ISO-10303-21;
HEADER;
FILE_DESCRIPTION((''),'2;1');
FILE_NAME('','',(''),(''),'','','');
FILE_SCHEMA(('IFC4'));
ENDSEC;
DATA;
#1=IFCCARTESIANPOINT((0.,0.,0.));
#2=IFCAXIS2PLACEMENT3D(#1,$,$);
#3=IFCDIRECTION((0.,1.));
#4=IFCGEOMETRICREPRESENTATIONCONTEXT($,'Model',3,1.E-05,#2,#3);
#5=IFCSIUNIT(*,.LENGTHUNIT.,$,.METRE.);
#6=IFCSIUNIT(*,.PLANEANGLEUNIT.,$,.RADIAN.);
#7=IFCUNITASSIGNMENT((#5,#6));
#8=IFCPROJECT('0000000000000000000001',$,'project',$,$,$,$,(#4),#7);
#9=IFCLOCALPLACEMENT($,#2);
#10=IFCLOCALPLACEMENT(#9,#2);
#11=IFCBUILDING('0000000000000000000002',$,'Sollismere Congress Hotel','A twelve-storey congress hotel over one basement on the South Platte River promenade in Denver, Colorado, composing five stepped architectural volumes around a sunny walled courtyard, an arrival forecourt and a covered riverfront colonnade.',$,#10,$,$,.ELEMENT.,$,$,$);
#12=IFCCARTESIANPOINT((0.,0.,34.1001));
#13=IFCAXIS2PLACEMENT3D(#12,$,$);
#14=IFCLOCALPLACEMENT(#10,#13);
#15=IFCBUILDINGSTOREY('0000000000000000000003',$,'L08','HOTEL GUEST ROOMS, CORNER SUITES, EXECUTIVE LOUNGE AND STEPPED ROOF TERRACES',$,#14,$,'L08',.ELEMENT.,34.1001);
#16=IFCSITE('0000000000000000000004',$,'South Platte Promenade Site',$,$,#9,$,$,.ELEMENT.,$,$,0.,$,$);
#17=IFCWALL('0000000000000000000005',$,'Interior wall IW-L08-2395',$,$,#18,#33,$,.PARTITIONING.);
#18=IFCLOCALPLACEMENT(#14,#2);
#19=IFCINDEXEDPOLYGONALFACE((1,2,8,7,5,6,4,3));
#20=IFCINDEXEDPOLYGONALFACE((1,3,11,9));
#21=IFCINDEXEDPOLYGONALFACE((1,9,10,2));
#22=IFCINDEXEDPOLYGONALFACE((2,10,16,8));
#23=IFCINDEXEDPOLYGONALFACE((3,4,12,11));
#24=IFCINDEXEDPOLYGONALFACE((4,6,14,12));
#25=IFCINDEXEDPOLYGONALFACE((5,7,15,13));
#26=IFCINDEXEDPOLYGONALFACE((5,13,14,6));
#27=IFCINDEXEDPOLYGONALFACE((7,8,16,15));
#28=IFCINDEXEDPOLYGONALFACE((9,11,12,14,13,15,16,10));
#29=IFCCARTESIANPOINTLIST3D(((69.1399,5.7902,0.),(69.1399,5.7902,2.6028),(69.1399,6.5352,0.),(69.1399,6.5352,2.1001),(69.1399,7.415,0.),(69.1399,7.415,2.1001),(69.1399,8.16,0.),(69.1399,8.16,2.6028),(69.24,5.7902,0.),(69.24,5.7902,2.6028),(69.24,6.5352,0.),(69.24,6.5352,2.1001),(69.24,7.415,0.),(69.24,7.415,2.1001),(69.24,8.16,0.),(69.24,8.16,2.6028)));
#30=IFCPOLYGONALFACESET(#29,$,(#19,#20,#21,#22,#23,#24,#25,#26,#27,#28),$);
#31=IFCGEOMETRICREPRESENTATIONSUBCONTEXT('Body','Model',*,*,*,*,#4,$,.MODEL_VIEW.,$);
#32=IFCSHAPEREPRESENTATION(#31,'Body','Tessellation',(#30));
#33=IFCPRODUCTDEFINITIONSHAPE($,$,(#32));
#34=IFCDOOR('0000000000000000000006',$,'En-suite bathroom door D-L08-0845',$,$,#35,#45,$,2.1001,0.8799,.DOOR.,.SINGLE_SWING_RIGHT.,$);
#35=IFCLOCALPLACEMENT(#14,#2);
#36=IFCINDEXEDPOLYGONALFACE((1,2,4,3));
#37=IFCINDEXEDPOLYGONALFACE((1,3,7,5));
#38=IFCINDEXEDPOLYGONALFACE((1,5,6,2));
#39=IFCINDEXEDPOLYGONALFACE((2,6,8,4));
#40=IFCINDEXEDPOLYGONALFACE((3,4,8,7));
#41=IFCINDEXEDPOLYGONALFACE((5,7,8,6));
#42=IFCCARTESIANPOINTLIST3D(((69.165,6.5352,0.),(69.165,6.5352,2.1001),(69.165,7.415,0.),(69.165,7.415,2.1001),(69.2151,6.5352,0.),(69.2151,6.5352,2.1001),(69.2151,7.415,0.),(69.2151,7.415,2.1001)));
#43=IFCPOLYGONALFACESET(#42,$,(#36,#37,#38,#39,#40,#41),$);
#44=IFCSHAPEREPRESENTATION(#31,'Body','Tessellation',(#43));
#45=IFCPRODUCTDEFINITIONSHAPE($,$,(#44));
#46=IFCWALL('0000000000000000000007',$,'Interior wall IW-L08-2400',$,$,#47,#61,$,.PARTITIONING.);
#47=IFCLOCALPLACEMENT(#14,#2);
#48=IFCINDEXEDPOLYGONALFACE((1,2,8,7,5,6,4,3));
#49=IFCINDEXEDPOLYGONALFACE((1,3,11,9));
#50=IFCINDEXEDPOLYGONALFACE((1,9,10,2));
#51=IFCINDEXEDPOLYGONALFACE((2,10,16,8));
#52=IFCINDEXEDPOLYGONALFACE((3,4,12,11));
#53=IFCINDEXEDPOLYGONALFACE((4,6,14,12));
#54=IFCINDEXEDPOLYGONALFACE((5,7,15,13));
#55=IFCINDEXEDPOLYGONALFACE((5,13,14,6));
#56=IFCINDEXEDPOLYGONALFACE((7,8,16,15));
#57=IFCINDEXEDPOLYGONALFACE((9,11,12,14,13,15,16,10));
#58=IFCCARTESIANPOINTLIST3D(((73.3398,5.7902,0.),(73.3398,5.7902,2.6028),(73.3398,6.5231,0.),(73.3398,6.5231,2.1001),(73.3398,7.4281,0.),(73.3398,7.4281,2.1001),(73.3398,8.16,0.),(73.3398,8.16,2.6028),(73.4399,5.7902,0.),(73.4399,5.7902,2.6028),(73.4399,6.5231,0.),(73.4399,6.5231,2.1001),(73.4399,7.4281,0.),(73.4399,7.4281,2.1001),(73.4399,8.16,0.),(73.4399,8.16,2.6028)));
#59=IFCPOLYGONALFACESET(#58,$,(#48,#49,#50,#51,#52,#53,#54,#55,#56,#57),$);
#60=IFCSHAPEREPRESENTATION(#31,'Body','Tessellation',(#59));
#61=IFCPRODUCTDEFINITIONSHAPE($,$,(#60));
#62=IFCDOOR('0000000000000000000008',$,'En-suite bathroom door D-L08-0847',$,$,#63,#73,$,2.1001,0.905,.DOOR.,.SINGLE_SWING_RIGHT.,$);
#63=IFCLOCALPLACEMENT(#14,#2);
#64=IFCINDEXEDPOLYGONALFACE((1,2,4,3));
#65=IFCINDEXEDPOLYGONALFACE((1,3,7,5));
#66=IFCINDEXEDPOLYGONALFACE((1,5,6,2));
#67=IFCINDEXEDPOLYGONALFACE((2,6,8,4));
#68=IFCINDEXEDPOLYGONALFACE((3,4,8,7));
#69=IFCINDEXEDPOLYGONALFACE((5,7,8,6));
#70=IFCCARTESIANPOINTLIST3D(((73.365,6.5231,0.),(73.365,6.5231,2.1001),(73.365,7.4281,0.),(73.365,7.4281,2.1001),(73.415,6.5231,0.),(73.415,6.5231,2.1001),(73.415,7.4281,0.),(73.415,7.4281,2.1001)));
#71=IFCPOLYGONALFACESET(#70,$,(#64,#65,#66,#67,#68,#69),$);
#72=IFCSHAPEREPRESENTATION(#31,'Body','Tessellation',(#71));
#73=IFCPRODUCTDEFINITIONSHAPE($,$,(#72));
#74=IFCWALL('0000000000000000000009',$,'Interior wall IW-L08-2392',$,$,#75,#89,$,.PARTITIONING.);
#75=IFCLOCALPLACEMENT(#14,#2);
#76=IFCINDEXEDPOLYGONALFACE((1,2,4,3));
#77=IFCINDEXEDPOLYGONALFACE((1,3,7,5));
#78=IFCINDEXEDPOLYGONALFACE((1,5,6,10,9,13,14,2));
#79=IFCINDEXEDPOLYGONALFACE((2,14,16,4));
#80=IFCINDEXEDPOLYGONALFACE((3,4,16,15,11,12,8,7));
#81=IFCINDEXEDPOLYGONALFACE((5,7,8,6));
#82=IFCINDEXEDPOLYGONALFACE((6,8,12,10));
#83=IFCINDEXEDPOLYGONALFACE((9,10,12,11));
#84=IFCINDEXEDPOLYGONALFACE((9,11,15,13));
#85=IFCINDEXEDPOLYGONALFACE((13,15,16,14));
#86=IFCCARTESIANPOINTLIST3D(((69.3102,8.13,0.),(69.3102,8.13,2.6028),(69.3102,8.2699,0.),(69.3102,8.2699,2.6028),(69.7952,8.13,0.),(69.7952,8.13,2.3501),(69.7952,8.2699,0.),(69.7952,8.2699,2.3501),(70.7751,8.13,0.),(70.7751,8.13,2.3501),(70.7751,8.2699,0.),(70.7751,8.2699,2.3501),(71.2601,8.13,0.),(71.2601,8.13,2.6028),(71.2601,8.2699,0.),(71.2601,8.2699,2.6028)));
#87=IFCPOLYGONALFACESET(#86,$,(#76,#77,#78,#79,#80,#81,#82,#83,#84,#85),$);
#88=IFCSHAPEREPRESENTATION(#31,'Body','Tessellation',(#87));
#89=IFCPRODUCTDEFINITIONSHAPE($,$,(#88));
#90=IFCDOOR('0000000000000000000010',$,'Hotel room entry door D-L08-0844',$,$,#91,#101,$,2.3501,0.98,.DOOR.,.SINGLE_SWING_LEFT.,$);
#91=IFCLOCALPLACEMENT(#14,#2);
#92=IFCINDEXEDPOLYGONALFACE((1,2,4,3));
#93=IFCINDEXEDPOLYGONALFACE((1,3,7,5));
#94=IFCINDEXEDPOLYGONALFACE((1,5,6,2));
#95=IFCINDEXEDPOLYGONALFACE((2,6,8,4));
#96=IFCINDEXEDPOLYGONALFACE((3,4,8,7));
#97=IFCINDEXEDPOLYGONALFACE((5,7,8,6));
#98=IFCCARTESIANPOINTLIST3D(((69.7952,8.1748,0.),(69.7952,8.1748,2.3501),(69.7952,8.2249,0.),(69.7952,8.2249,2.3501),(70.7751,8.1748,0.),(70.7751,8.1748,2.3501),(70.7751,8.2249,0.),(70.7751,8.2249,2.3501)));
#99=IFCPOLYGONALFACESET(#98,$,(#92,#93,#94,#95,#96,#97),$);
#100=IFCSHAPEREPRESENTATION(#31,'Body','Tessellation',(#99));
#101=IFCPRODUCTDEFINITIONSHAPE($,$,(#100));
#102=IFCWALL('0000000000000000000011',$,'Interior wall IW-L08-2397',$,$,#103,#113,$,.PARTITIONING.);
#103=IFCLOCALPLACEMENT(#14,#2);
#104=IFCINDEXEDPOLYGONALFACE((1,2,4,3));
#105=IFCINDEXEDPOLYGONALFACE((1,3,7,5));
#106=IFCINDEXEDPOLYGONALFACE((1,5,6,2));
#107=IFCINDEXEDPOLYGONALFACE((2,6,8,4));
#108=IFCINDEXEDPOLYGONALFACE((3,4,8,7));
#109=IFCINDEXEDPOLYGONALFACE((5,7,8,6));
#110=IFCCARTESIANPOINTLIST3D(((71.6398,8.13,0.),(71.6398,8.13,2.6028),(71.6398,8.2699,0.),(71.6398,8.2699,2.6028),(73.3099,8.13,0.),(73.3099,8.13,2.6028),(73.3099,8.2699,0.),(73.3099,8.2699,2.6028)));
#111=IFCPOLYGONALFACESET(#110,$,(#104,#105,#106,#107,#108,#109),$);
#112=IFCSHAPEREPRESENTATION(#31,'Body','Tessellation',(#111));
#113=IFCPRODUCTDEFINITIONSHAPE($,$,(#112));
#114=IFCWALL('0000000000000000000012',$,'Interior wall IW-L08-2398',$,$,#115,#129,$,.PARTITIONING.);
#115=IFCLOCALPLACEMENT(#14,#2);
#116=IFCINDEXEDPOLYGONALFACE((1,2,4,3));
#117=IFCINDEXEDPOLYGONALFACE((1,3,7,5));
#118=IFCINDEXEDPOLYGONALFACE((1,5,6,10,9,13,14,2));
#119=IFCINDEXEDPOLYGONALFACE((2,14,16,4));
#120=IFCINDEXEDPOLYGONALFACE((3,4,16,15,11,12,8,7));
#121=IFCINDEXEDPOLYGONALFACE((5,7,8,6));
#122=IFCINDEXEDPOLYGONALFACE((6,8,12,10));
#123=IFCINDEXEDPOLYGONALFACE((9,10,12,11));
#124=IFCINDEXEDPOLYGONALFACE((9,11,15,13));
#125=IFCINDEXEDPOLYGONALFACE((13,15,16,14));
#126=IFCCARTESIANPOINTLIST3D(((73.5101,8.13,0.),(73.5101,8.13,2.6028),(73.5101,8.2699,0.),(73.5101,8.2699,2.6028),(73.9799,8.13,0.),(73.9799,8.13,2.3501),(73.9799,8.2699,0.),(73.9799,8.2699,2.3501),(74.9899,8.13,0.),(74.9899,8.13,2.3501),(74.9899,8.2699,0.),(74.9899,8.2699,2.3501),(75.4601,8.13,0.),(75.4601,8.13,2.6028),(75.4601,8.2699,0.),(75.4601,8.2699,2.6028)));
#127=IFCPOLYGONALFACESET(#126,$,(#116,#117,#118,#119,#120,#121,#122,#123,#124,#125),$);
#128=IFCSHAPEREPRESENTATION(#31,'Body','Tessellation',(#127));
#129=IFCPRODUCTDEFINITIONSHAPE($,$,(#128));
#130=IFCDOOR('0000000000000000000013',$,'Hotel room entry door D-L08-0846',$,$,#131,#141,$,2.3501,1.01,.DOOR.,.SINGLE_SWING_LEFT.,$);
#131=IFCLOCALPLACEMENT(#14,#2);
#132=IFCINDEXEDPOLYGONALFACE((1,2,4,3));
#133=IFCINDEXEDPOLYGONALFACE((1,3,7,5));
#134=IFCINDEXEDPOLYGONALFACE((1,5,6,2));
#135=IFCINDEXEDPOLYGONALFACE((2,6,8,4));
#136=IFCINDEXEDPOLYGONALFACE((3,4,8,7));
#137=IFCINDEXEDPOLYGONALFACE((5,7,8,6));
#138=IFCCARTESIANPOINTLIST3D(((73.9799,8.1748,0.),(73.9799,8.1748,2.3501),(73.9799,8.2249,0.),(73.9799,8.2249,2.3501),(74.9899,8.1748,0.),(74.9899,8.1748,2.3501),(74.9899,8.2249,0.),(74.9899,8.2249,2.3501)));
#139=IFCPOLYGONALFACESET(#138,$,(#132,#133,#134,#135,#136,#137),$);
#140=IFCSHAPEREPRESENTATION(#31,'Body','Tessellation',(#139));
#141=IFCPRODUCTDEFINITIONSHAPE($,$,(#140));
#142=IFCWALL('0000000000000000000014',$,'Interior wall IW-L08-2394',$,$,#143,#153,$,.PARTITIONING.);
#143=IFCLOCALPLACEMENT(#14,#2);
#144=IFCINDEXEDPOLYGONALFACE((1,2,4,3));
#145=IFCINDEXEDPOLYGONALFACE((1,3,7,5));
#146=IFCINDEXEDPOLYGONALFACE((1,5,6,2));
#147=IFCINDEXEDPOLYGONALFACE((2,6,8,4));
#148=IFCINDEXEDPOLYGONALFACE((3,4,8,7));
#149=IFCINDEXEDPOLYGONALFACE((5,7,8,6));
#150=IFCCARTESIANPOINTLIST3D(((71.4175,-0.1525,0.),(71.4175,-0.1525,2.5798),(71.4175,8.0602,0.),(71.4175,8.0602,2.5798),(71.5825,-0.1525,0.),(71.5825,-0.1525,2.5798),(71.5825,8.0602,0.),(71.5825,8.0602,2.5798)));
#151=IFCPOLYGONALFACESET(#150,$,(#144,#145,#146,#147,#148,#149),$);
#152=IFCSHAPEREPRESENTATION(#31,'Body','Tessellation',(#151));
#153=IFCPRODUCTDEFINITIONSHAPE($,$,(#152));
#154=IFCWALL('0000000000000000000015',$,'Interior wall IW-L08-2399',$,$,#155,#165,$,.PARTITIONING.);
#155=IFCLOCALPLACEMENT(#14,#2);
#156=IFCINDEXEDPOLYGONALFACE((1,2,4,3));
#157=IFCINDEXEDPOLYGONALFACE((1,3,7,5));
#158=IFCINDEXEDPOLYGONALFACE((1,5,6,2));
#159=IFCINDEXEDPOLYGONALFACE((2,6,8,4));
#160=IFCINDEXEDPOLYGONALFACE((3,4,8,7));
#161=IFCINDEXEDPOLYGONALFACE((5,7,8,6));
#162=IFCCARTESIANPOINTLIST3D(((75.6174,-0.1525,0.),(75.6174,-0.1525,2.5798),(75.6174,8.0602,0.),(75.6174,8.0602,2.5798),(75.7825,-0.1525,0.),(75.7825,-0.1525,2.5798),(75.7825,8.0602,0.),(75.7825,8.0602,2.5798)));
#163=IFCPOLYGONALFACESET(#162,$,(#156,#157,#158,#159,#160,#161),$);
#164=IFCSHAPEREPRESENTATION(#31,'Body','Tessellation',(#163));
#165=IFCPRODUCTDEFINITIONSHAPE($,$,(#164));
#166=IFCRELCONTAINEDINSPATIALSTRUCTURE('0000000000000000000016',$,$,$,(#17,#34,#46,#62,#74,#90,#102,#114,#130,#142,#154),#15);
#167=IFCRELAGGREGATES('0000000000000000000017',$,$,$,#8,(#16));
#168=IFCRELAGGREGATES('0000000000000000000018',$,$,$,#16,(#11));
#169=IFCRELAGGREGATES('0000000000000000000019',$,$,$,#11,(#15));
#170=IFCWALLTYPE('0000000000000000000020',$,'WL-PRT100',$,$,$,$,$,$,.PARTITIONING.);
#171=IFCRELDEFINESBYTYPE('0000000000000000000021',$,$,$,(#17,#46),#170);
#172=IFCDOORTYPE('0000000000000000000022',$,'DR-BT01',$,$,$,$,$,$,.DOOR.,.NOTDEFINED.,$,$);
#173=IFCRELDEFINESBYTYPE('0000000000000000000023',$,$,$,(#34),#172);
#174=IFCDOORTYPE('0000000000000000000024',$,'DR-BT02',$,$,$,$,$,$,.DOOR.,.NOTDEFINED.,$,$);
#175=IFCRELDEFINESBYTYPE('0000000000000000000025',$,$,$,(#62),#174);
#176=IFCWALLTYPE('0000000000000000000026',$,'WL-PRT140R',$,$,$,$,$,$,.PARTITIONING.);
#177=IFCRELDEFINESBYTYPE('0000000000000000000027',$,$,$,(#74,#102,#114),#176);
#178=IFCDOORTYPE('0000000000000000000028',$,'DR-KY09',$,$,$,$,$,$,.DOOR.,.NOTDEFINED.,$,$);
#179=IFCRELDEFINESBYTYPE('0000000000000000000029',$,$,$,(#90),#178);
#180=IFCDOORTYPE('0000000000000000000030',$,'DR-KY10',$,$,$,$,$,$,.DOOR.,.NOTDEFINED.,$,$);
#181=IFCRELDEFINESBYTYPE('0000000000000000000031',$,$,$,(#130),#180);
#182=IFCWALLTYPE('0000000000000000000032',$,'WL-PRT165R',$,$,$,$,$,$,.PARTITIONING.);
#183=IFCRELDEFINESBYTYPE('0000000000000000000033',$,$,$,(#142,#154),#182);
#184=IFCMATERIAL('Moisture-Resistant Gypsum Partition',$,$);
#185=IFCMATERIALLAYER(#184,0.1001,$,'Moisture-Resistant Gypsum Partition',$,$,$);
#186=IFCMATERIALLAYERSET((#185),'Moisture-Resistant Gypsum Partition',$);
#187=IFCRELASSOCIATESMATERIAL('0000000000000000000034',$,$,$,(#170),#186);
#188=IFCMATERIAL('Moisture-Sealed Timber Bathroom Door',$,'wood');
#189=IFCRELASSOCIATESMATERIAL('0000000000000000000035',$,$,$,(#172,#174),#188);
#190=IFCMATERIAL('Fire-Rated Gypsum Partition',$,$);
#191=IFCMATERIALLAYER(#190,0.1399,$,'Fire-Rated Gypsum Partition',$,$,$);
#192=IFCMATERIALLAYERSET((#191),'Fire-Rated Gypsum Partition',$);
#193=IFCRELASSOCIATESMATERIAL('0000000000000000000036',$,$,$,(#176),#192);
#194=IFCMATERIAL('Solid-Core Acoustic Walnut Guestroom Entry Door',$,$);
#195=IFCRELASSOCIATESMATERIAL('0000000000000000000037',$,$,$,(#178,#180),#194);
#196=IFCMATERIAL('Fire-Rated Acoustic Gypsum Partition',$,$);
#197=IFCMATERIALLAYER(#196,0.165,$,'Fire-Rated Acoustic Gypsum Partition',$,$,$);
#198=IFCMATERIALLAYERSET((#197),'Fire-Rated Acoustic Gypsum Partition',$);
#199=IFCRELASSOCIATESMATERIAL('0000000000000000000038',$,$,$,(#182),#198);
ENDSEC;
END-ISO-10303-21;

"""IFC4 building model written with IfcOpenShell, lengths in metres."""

from ifc_helpers import new_model, si_unit, direction, frame, frame_2d, origin, place, context, subcontext, project, spatial, rectangle, extrude, material, layer, layer_set, type_object, element, fill, save


model = new_model("IFC4")

# Units and contexts
model_context = context("Model", 3, precision=1e-05, world=origin(), true_north=direction((0.0, 1.0)))
body_context = subcontext(model_context, "Body", "Model", "MODEL_VIEW")
ifc_project = project(units=[si_unit("LENGTHUNIT", "METRE"), si_unit("PLANEANGLEUNIT", "RADIAN")], contexts=[model_context])

# Site, building, storey
site_placement = place(None, origin())
site = spatial("IfcSite", under=ifc_project, at=site_placement, Name="South Platte Promenade Site", CompositionType="ELEMENT", RefElevation=0.0)
building_placement = place(site_placement, origin())
building = spatial("IfcBuilding", under=site, at=building_placement, Name="Sollismere Congress Hotel", Description="A twelve-storey congress hotel over one basement on the South Platte River promenade in Denver, Colorado, composing five stepped architectural volumes around a sunny walled courtyard, an arrival forecourt and a covered riverfront colonnade.", CompositionType="ELEMENT")
storey_placement = place(building_placement, frame((0.0, 0.0, 34.1001)))
storey = spatial("IfcBuildingStorey", under=building, at=storey_placement, Name="L08", Description="HOTEL GUEST ROOMS, CORNER SUITES, EXECUTIVE LOUNGE AND STEPPED ROOF TERRACES", LongName="L08", CompositionType="ELEMENT", Elevation=34.1001)

# Walls, openings, doors
ifc_material_1 = material(Name="Moisture-Resistant Gypsum Partition")
ifc_layer_1 = layer(ifc_material_1, 0.1001, Name="Moisture-Resistant Gypsum Partition")
ifc_layer_set_1 = layer_set([ifc_layer_1], Name="Moisture-Resistant Gypsum Partition")
wall_type_1 = type_object("IfcWallType", Name="WL-PRT100", PredefinedType="PARTITIONING", material=ifc_layer_set_1)
wall_1_placement = place(storey_placement, frame((69.1899, 5.79, 0.0), z_axis=(0.0, 0.0, 1.0), x_axis=(0.0, 1.0, 0.0)))
wall_1 = element("IfcWall", 1, at=wall_1_placement, inside=storey, type_object=wall_type_1, Name="Interior wall IW-L08-2395", PredefinedType="PARTITIONING", context=body_context, shape_type="SweptSolid", body=[
    extrude(rectangle(XDim=2.3699, YDim=0.1001, at=frame_2d((1.1851, 0.0))), origin(), (0.0, 0.0, 1.0), 2.6028),
])
opening_1_placement = place(wall_1_placement, frame((0.7451, 0.0, 0.0)))
opening_1 = element("IfcOpeningElement", 2, at=opening_1_placement, cuts=wall_1, PredefinedType="OPENING", context=body_context, shape_type="SweptSolid", body=[
    extrude(rectangle(XDim=0.8799, YDim=2.1001, at=frame_2d((0.4399, 1.05))), frame((0.0, 0.0601, 0.0), z_axis=(0.0, -1.0, 0.0), x_axis=(1.0, 0.0, 0.0)), (0.0, 0.0, 1.0), 0.1201),
])
ifc_material_2 = material(Name="Moisture-Sealed Timber Bathroom Door", Category="wood")
door_type_1 = type_object("IfcDoorType", Name="DR-BT01", OperationType="NOTDEFINED", PredefinedType="DOOR", material=ifc_material_2)
door_1_placement = place(opening_1_placement, origin())
door_1 = element("IfcDoor", 3, at=door_1_placement, inside=storey, type_object=door_type_1, Name="En-suite bathroom door D-L08-0845", OperationType="SINGLE_SWING_RIGHT", OverallHeight=2.1001, OverallWidth=0.8799, PredefinedType="DOOR", context=body_context, shape_type="SweptSolid", body=[
    extrude(rectangle(XDim=0.8799, YDim=2.1001, at=frame_2d((0.4399, 1.05))), frame((0.0, 0.0249, 0.0), z_axis=(0.0, -1.0, 0.0), x_axis=(1.0, 0.0, 0.0)), (0.0, 0.0, 1.0), 0.05),
])
fill(opening_1, door_1)
wall_2_placement = place(storey_placement, frame((73.3899, 5.79, 0.0), z_axis=(0.0, 0.0, 1.0), x_axis=(0.0, 1.0, 0.0)))
wall_2 = element("IfcWall", 4, at=wall_2_placement, inside=storey, type_object=wall_type_1, Name="Interior wall IW-L08-2400", PredefinedType="PARTITIONING", context=body_context, shape_type="SweptSolid", body=[
    extrude(rectangle(XDim=2.3699, YDim=0.1001, at=frame_2d((1.1851, 0.0))), origin(), (0.0, 0.0, 1.0), 2.6028),
])
opening_2_placement = place(wall_2_placement, frame((0.7329, 0.0, 0.0)))
opening_2 = element("IfcOpeningElement", 5, at=opening_2_placement, cuts=wall_2, PredefinedType="OPENING", context=body_context, shape_type="SweptSolid", body=[
    extrude(rectangle(XDim=0.905, YDim=2.1001, at=frame_2d((0.4526, 1.05))), frame((0.0, 0.0601, 0.0), z_axis=(0.0, -1.0, 0.0), x_axis=(1.0, 0.0, 0.0)), (0.0, 0.0, 1.0), 0.1201),
])
door_type_2 = type_object("IfcDoorType", Name="DR-BT02", OperationType="NOTDEFINED", PredefinedType="DOOR", material=ifc_material_2)
door_2_placement = place(opening_2_placement, origin())
door_2 = element("IfcDoor", 6, at=door_2_placement, inside=storey, type_object=door_type_2, Name="En-suite bathroom door D-L08-0847", OperationType="SINGLE_SWING_RIGHT", OverallHeight=2.1001, OverallWidth=0.905, PredefinedType="DOOR", context=body_context, shape_type="SweptSolid", body=[
    extrude(rectangle(XDim=0.905, YDim=2.1001, at=frame_2d((0.4526, 1.05))), frame((0.0, 0.0249, 0.0), z_axis=(0.0, -1.0, 0.0), x_axis=(1.0, 0.0, 0.0)), (0.0, 0.0, 1.0), 0.05),
])
fill(opening_2, door_2)
ifc_material_3 = material(Name="Fire-Rated Gypsum Partition")
ifc_layer_2 = layer(ifc_material_3, 0.1399, Name="Fire-Rated Gypsum Partition")
ifc_layer_set_2 = layer_set([ifc_layer_2], Name="Fire-Rated Gypsum Partition")
wall_type_2 = type_object("IfcWallType", Name="WL-PRT140R", PredefinedType="PARTITIONING", material=ifc_layer_set_2)
wall_3_placement = place(storey_placement, frame((69.3101, 8.2, 0.0), z_axis=(0.0, 0.0, 1.0), x_axis=(1.0, 0.0, 0.0)))
wall_3 = element("IfcWall", 7, at=wall_3_placement, inside=storey, type_object=wall_type_2, Name="Interior wall IW-L08-2392", PredefinedType="PARTITIONING", context=body_context, shape_type="SweptSolid", body=[
    extrude(rectangle(XDim=1.95, YDim=0.1399, at=frame_2d((0.9751, 0.0))), origin(), (0.0, 0.0, 1.0), 2.6028),
])
opening_3_placement = place(wall_3_placement, frame((0.4851, 0.0, 0.0)))
opening_3 = element("IfcOpeningElement", 8, at=opening_3_placement, cuts=wall_3, PredefinedType="OPENING", context=body_context, shape_type="SweptSolid", body=[
    extrude(rectangle(XDim=0.98, YDim=2.3501, at=frame_2d((0.49, 1.175))), frame((0.0, 0.0798, 0.0), z_axis=(0.0, -1.0, 0.0), x_axis=(1.0, 0.0, 0.0)), (0.0, 0.0, 1.0), 0.1599),
])
ifc_material_4 = material(Name="Solid-Core Acoustic Walnut Guestroom Entry Door")
door_type_3 = type_object("IfcDoorType", Name="DR-KY09", OperationType="NOTDEFINED", PredefinedType="DOOR", material=ifc_material_4)
door_3_placement = place(opening_3_placement, origin())
door_3 = element("IfcDoor", 9, at=door_3_placement, inside=storey, type_object=door_type_3, Name="Hotel room entry door D-L08-0844", OperationType="SINGLE_SWING_LEFT", OverallHeight=2.3501, OverallWidth=0.98, PredefinedType="DOOR", context=body_context, shape_type="SweptSolid", body=[
    extrude(rectangle(XDim=0.98, YDim=2.3501, at=frame_2d((0.49, 1.175))), frame((0.0, 0.0249, 0.0), z_axis=(0.0, -1.0, 0.0), x_axis=(1.0, 0.0, 0.0)), (0.0, 0.0, 1.0), 0.05),
])
fill(opening_3, door_3)

# Wall
wall_4_placement = place(storey_placement, frame((71.6399, 8.2, 0.0), z_axis=(0.0, 0.0, 1.0), x_axis=(1.0, 0.0, 0.0)))
element("IfcWall", 10, at=wall_4_placement, inside=storey, type_object=wall_type_2, Name="Interior wall IW-L08-2397", PredefinedType="PARTITIONING", context=body_context, shape_type="SweptSolid", body=[
    extrude(rectangle(XDim=1.6702, YDim=0.1399, at=frame_2d((0.835, 0.0))), origin(), (0.0, 0.0, 1.0), 2.6028),
])

# Wall, opening, door
wall_5_placement = place(storey_placement, frame((73.51, 8.2, 0.0), z_axis=(0.0, 0.0, 1.0), x_axis=(1.0, 0.0, 0.0)))
wall_5 = element("IfcWall", 11, at=wall_5_placement, inside=storey, type_object=wall_type_2, Name="Interior wall IW-L08-2398", PredefinedType="PARTITIONING", context=body_context, shape_type="SweptSolid", body=[
    extrude(rectangle(XDim=1.95, YDim=0.1399, at=frame_2d((0.9751, 0.0))), origin(), (0.0, 0.0, 1.0), 2.6028),
])
opening_4_placement = place(wall_5_placement, frame((0.47, 0.0, 0.0)))
opening_4 = element("IfcOpeningElement", 12, at=opening_4_placement, cuts=wall_5, PredefinedType="OPENING", context=body_context, shape_type="SweptSolid", body=[
    extrude(rectangle(XDim=1.01, YDim=2.3501, at=frame_2d((0.5049, 1.175))), frame((0.0, 0.0798, 0.0), z_axis=(0.0, -1.0, 0.0), x_axis=(1.0, 0.0, 0.0)), (0.0, 0.0, 1.0), 0.1599),
])
door_type_4 = type_object("IfcDoorType", Name="DR-KY10", OperationType="NOTDEFINED", PredefinedType="DOOR", material=ifc_material_4)
door_4_placement = place(opening_4_placement, origin())
door_4 = element("IfcDoor", 13, at=door_4_placement, inside=storey, type_object=door_type_4, Name="Hotel room entry door D-L08-0846", OperationType="SINGLE_SWING_LEFT", OverallHeight=2.3501, OverallWidth=1.01, PredefinedType="DOOR", context=body_context, shape_type="SweptSolid", body=[
    extrude(rectangle(XDim=1.01, YDim=2.3501, at=frame_2d((0.5049, 1.175))), frame((0.0, 0.0249, 0.0), z_axis=(0.0, -1.0, 0.0), x_axis=(1.0, 0.0, 0.0)), (0.0, 0.0, 1.0), 0.05),
])
fill(opening_4, door_4)

# Walls
ifc_material_5 = material(Name="Fire-Rated Acoustic Gypsum Partition")
ifc_layer_3 = layer(ifc_material_5, 0.165, Name="Fire-Rated Acoustic Gypsum Partition")
ifc_layer_set_3 = layer_set([ifc_layer_3], Name="Fire-Rated Acoustic Gypsum Partition")
wall_type_3 = type_object("IfcWallType", Name="WL-PRT165R", PredefinedType="PARTITIONING", material=ifc_layer_set_3)
for number, where, z_axis, x_axis, name in (
    (14, (71.5, -0.1526, 0.0), (0.0, 0.0, 1.0), (0.0, 1.0, 0.0), "Interior wall IW-L08-2394"),
    (15, (75.7, -0.1526, 0.0), (0.0, 0.0, 1.0), (0.0, 1.0, 0.0), "Interior wall IW-L08-2399"),
):
    element("IfcWall", number, at=place(storey_placement, frame(where, z_axis=z_axis, x_axis=x_axis)), inside=storey, type_object=wall_type_3, Name=name, PredefinedType="PARTITIONING", context=body_context, shape_type="SweptSolid", body=[
        extrude(rectangle(XDim=8.2126, YDim=0.165, at=frame_2d((4.1064, 0.0))), origin(), (0.0, 0.0, 1.0), 2.5798),
    ])

save(model, "model.ifc")
